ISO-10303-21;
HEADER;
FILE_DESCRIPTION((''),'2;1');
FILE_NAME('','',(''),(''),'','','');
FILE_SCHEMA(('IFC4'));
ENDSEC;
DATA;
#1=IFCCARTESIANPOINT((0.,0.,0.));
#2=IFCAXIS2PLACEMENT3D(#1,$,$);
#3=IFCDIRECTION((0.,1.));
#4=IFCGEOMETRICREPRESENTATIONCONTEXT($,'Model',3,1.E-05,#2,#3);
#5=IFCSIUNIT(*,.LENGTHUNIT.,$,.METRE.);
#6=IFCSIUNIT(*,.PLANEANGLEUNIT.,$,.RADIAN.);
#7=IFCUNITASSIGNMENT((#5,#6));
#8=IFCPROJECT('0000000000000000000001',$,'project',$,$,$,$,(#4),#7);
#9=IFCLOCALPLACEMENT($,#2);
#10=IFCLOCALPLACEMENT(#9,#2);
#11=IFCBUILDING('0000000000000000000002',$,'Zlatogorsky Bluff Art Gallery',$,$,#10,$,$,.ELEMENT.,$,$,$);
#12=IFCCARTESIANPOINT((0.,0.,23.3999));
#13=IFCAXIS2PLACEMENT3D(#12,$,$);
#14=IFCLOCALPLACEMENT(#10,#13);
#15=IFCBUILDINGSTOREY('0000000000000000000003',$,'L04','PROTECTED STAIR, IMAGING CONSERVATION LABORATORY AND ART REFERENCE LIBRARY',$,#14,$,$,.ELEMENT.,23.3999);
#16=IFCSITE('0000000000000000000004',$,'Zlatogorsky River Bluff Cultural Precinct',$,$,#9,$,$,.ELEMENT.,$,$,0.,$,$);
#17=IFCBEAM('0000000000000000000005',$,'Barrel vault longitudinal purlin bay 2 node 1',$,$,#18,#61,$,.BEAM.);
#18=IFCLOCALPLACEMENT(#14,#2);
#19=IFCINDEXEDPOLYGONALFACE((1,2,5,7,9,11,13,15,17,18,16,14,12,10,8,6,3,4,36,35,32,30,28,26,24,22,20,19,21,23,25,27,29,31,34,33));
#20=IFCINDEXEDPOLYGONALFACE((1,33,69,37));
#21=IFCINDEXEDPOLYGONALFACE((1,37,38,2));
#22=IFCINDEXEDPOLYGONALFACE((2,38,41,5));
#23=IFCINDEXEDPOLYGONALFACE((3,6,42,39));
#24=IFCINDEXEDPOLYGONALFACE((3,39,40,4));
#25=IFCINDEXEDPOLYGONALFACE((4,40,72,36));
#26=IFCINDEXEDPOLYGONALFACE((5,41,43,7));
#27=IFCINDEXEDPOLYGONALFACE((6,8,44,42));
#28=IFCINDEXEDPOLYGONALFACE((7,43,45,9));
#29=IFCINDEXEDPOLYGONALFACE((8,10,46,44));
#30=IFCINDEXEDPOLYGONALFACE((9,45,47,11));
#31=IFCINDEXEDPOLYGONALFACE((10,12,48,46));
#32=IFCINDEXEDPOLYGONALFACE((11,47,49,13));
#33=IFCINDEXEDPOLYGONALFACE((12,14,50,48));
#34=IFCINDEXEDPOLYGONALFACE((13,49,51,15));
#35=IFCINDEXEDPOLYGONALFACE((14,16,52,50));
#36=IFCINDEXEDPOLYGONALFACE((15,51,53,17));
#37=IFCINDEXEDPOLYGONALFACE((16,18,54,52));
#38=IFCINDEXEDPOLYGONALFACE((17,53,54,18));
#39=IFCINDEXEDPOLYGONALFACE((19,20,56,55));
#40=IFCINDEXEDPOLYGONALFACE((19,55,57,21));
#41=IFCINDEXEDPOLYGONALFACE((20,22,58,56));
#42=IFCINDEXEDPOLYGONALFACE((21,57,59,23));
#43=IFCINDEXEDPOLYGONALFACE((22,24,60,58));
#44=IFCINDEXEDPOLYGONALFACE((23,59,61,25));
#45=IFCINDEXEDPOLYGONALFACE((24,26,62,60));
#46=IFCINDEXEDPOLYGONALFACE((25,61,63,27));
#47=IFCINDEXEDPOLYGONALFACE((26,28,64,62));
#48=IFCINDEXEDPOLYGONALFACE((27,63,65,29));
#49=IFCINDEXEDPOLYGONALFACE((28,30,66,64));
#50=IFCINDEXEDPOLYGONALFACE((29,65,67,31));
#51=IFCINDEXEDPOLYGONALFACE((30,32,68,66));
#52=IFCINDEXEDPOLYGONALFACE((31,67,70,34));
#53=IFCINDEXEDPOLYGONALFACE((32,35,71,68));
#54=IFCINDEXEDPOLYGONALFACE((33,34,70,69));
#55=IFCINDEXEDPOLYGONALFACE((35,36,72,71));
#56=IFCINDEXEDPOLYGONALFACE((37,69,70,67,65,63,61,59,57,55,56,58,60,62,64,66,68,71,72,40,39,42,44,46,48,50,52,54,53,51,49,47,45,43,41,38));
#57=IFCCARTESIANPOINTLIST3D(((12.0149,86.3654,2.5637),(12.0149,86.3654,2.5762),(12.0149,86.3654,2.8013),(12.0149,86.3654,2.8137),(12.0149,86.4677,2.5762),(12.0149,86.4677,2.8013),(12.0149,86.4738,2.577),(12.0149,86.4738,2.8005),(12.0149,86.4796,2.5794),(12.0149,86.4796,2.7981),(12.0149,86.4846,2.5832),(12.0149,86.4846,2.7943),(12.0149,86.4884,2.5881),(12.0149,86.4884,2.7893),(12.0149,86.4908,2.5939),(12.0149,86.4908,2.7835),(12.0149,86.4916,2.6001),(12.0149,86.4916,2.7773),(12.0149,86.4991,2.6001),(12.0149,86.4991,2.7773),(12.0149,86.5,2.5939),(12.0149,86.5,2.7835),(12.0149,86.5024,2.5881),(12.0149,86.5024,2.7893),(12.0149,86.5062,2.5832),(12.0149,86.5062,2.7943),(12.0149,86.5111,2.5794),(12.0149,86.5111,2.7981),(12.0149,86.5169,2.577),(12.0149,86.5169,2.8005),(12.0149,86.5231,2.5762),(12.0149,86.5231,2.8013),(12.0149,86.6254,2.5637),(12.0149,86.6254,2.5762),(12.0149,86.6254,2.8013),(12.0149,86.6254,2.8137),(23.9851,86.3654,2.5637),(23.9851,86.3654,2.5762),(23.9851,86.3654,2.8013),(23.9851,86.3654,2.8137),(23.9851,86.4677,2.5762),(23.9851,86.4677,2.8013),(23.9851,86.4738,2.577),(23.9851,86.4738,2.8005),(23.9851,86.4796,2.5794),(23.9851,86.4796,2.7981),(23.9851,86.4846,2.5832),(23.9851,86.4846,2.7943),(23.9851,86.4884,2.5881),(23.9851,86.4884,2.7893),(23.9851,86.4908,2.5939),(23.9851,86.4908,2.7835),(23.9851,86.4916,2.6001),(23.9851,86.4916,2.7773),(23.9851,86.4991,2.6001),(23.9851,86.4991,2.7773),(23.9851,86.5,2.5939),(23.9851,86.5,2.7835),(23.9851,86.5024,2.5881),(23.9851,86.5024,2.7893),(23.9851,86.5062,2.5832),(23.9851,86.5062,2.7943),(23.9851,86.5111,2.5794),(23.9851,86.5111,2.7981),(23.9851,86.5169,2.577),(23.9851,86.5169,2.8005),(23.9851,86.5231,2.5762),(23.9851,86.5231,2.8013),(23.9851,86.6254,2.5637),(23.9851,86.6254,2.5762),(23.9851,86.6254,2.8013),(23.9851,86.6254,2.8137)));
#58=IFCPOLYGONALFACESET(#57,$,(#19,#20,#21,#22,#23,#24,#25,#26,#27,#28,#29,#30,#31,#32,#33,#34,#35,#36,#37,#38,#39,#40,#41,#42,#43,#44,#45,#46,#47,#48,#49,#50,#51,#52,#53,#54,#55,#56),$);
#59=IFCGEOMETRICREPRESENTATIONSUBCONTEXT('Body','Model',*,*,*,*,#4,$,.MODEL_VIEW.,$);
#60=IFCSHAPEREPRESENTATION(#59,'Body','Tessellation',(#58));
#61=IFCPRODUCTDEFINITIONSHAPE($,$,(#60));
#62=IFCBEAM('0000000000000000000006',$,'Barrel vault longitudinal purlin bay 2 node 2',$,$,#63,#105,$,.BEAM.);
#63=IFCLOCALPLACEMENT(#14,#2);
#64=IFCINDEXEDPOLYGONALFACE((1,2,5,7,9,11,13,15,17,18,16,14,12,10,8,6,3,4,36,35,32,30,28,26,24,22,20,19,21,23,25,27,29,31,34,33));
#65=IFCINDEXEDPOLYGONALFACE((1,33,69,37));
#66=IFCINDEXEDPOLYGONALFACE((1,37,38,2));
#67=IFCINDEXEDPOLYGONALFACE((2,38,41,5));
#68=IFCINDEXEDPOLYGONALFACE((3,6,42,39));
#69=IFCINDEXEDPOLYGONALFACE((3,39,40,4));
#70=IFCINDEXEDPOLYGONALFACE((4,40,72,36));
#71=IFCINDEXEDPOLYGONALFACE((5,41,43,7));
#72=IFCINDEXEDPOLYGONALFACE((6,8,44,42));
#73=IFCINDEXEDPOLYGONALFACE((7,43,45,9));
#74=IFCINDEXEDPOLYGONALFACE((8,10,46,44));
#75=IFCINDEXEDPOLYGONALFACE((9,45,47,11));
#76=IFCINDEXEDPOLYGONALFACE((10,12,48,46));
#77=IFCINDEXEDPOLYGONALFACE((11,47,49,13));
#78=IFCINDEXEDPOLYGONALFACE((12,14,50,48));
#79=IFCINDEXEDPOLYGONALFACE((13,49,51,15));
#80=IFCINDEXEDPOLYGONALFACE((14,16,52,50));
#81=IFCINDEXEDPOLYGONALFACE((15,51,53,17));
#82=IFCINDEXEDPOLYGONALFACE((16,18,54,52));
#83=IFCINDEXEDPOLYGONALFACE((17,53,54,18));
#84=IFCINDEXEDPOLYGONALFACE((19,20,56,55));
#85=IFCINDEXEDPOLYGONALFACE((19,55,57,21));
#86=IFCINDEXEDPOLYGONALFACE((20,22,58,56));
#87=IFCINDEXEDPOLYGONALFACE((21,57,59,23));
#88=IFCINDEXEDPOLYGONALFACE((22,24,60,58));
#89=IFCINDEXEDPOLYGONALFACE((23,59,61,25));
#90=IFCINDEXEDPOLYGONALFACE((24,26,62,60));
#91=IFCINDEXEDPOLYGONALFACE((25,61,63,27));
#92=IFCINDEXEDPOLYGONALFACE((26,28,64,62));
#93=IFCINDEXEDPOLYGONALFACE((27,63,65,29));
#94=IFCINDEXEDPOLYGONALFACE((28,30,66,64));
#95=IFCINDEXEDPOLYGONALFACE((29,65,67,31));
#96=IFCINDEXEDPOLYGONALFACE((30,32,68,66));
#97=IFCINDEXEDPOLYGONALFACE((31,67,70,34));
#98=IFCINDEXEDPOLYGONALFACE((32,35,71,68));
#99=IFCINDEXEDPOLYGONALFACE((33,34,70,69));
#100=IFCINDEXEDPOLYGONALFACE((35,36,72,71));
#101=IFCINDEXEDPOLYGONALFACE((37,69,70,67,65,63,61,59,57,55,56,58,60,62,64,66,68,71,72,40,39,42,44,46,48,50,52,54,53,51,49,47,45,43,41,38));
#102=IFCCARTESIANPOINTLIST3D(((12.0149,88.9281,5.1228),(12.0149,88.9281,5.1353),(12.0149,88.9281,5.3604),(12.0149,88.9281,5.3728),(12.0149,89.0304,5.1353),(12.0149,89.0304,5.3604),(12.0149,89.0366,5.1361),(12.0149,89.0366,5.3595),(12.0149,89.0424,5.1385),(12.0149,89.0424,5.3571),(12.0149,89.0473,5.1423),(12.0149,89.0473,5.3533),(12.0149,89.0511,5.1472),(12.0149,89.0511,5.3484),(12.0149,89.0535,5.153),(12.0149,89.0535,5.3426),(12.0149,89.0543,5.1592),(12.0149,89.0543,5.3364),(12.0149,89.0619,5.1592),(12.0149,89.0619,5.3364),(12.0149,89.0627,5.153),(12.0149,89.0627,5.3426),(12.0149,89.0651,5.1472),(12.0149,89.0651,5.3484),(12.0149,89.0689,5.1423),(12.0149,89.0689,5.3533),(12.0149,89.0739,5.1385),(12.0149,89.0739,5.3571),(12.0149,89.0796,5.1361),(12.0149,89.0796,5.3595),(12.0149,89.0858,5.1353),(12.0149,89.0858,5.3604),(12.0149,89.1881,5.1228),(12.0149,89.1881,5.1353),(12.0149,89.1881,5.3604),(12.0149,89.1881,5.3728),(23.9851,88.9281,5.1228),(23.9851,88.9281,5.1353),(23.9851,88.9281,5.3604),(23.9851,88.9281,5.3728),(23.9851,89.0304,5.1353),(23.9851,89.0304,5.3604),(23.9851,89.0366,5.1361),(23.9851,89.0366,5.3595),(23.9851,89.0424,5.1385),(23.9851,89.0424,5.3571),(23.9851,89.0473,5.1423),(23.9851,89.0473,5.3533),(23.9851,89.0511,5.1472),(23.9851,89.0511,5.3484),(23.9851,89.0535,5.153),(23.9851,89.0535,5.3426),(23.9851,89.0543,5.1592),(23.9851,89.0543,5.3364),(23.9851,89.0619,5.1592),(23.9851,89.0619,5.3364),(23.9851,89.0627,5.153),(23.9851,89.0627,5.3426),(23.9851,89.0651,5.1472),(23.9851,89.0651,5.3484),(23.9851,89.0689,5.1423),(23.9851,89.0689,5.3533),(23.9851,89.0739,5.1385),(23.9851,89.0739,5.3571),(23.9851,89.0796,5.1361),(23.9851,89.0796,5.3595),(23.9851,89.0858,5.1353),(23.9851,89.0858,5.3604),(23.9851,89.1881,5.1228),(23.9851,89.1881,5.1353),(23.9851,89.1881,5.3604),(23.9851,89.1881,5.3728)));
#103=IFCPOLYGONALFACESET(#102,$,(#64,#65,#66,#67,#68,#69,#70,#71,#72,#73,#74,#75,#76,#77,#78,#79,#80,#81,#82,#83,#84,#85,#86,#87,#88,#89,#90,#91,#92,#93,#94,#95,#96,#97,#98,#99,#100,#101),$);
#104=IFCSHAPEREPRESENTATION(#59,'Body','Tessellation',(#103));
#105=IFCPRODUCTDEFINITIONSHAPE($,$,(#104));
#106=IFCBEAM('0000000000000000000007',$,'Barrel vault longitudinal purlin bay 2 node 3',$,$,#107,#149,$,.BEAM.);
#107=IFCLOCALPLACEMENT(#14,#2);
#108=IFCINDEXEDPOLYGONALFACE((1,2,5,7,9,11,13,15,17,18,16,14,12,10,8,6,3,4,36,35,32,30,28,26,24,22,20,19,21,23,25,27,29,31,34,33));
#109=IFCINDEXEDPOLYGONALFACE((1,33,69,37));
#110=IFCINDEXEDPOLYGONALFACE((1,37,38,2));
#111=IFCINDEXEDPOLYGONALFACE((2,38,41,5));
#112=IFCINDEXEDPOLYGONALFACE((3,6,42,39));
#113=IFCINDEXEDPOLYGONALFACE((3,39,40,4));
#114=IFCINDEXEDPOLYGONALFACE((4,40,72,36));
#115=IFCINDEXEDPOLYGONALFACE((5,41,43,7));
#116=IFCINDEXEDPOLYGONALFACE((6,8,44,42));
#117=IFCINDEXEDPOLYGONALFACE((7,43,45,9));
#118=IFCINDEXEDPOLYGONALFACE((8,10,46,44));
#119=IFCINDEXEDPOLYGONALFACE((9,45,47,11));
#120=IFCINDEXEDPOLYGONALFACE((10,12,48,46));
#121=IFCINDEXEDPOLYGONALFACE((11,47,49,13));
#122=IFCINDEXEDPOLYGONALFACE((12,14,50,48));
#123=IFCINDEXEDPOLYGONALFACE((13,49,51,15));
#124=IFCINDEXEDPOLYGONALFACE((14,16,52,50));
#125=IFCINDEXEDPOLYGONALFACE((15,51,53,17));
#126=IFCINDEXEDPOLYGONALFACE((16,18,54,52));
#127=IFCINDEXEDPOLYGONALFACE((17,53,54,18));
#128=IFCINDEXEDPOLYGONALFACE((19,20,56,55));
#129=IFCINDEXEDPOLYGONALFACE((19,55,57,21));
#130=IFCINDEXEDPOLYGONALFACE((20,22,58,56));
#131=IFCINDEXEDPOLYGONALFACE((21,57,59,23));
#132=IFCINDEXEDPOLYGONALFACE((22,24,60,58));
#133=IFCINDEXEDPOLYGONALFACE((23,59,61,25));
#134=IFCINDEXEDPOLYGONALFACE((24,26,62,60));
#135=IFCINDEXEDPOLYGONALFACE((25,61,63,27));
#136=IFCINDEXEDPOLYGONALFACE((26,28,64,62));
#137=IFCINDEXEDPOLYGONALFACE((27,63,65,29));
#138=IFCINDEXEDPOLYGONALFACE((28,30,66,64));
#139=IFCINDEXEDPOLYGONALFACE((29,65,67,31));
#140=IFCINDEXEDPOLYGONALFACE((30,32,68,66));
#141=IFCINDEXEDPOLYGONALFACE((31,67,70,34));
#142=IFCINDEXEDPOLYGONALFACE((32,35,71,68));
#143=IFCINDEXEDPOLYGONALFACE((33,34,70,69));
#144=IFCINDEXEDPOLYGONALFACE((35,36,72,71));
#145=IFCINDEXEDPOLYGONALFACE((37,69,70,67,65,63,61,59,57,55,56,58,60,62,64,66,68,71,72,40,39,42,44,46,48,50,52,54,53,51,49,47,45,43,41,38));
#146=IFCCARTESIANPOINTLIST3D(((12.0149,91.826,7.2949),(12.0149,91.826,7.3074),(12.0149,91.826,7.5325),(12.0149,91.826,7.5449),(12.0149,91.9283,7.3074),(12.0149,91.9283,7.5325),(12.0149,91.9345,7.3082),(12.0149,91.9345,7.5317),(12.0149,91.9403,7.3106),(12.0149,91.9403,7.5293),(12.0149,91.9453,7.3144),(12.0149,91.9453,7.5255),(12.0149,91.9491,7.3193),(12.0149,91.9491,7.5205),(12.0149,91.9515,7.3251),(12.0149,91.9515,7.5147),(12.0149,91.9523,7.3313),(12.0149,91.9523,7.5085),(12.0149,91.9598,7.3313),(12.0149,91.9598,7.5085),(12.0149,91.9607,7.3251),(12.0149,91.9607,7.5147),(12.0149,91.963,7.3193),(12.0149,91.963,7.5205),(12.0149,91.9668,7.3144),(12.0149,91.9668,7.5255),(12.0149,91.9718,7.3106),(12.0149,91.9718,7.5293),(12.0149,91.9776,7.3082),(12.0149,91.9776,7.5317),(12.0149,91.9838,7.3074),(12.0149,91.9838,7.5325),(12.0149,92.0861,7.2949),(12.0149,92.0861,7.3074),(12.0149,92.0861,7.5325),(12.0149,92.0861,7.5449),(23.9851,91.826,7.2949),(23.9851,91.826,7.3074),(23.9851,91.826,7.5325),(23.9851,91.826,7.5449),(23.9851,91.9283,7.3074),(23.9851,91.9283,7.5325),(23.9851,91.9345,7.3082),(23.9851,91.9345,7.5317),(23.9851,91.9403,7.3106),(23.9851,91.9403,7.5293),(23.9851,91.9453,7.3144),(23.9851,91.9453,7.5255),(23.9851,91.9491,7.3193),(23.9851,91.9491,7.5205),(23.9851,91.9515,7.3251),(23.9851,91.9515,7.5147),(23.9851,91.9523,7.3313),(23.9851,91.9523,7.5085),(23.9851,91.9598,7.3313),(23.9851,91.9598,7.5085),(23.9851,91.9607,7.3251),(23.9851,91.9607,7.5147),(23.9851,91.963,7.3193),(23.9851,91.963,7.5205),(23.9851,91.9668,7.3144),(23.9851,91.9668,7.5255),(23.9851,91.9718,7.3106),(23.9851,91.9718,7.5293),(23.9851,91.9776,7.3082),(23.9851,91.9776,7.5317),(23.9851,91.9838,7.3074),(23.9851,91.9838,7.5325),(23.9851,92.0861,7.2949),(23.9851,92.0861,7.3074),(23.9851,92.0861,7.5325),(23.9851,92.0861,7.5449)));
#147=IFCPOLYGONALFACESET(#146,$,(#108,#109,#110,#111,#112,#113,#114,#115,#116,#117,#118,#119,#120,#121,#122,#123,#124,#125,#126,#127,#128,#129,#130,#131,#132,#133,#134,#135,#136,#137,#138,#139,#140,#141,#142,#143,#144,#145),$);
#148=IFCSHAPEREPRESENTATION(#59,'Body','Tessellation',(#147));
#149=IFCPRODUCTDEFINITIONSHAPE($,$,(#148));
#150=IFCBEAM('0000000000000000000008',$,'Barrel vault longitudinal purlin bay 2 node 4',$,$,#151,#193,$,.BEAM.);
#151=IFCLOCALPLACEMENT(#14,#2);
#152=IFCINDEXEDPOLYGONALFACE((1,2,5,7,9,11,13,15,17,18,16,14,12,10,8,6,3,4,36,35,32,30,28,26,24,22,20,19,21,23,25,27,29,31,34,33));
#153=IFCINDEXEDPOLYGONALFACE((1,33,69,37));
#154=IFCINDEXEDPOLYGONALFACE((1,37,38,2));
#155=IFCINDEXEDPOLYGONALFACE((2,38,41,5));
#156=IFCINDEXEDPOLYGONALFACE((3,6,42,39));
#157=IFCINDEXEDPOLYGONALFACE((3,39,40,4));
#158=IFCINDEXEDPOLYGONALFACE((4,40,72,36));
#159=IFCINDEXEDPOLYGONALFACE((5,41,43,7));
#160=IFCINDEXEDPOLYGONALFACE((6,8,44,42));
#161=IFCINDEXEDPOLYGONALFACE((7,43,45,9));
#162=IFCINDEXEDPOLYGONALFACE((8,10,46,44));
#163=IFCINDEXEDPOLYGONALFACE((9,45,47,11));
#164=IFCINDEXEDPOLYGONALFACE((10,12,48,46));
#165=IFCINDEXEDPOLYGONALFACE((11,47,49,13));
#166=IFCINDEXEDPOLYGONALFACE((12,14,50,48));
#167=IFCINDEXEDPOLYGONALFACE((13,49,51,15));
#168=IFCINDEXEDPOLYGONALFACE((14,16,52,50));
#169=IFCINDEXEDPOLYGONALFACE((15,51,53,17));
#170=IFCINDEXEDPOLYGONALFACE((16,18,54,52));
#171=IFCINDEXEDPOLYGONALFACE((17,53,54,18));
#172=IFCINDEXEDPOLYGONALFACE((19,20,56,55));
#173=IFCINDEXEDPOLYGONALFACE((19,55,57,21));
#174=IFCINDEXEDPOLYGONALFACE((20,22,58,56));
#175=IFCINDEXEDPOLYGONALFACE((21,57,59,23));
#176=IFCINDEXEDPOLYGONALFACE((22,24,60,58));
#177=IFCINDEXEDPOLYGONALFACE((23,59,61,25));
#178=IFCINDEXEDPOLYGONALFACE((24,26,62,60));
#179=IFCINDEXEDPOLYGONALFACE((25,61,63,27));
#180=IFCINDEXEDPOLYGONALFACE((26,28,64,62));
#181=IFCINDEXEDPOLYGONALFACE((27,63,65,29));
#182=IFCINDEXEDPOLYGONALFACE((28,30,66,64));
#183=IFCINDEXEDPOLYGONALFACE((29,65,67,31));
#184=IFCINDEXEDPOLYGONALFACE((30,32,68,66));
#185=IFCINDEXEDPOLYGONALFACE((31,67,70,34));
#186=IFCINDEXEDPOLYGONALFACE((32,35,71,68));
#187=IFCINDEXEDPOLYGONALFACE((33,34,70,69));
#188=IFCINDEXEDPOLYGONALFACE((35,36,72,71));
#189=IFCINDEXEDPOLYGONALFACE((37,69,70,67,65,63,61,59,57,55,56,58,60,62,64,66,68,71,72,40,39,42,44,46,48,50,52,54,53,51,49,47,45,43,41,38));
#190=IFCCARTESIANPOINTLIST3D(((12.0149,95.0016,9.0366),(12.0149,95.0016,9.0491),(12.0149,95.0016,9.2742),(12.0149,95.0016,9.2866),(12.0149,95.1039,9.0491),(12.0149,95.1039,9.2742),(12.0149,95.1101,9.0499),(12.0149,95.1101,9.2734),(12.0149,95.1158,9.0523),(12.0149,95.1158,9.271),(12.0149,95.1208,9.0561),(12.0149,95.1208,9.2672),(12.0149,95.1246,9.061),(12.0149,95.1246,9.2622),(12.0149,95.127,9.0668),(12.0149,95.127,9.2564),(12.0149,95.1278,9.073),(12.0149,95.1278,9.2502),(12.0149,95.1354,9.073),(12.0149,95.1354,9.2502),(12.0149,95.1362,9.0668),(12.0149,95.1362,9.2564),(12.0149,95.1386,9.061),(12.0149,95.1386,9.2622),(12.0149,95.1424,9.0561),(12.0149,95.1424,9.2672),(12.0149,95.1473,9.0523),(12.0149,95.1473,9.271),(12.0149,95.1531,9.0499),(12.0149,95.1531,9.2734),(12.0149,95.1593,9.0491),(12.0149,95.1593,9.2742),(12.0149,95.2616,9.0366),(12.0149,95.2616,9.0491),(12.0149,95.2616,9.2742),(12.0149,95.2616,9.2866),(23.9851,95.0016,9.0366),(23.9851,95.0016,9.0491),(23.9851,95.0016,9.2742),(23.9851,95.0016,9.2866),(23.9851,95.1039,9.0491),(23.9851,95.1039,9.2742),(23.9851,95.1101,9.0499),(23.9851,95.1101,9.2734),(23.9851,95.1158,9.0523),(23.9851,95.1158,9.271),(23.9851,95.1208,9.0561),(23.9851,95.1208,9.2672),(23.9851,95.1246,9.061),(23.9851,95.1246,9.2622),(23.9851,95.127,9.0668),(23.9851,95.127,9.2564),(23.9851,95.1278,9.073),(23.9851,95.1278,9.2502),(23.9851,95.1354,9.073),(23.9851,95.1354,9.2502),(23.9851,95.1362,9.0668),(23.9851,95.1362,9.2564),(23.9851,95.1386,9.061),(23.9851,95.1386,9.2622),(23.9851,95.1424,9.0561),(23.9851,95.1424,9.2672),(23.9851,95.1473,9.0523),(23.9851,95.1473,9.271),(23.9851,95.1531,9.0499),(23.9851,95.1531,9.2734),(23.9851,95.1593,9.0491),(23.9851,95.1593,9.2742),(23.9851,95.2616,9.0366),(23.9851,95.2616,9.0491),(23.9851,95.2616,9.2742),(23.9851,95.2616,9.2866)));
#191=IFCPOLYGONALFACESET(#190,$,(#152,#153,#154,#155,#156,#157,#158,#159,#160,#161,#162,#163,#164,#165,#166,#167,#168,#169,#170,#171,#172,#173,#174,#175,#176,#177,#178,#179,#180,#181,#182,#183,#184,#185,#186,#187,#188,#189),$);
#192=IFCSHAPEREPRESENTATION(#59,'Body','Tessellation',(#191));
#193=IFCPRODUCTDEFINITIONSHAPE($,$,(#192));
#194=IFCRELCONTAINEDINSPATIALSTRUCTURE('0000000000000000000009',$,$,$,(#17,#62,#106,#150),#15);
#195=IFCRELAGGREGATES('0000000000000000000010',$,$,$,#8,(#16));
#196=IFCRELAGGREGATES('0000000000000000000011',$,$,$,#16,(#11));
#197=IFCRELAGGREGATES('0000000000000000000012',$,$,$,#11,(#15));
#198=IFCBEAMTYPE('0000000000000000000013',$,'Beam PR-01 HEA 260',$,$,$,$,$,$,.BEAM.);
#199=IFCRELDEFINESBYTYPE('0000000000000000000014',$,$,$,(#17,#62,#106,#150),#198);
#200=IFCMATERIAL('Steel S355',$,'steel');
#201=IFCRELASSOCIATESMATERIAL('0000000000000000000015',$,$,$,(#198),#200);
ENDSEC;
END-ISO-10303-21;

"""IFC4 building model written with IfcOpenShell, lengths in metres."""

from ifc_helpers import new_model, si_unit, direction, frame, origin, origin_2d, place, context, subcontext, project, spatial, i_section, extrude, material, material_profile, profile_set, type_object, element, save


model = new_model("IFC4")

# Units and contexts
model_context = context("Model", 3, precision=1e-05, world=origin(), true_north=direction((0.0, 1.0)))
body_context = subcontext(model_context, "Body", "Model", "MODEL_VIEW")
ifc_project = project(units=[si_unit("LENGTHUNIT", "METRE"), si_unit("PLANEANGLEUNIT", "RADIAN")], contexts=[model_context])

# Site, building, storey
site_placement = place(None, origin())
site = spatial("IfcSite", under=ifc_project, at=site_placement, Name="Zlatogorsky River Bluff Cultural Precinct", CompositionType="ELEMENT", RefElevation=0.0)
building_placement = place(site_placement, origin())
building = spatial("IfcBuilding", under=site, at=building_placement, Name="Zlatogorsky Bluff Art Gallery", CompositionType="ELEMENT")
storey_placement = place(building_placement, frame((0.0, 0.0, 23.3999)))
storey = spatial("IfcBuildingStorey", under=building, at=storey_placement, Name="L04", Description="PROTECTED STAIR, IMAGING CONSERVATION LABORATORY AND ART REFERENCE LIBRARY", CompositionType="ELEMENT", Elevation=23.3999)

# Beams
ifc_material_1 = material(Name="Steel S355", Category="steel")
ifc_material_profile_1 = material_profile(ifc_material_1, i_section(OverallWidth=0.26, OverallDepth=0.25, WebThickness=0.0076, FlangeThickness=0.0125, FilletRadius=0.0239, at=origin_2d()), Name="HEA 260")
ifc_profile_set_1 = profile_set([ifc_material_profile_1], Name="Steel S355")
beam_type_1 = type_object("IfcBeamType", Name="Beam PR-01 HEA 260", PredefinedType="BEAM", material=ifc_profile_set_1)
for number, where, z_axis, x_axis, name in (
    (1, (12.0149, 86.4954, 2.6887), (1.0, 0.0, 0.0), (0.0, 1.0, 0.0), "Barrel vault longitudinal purlin bay 2 node 1"),
    (2, (12.0149, 89.0581, 5.2478), (1.0, 0.0, 0.0), (0.0, 1.0, 0.0), "Barrel vault longitudinal purlin bay 2 node 2"),
    (3, (12.0149, 91.9561, 7.4199), (1.0, 0.0, 0.0), (0.0, 1.0, 0.0), "Barrel vault longitudinal purlin bay 2 node 3"),
    (4, (12.0149, 95.1316, 9.1616), (1.0, 0.0, 0.0), (0.0, 1.0, 0.0), "Barrel vault longitudinal purlin bay 2 node 4"),
):
    element("IfcBeam", number, at=place(storey_placement, frame(where, z_axis=z_axis, x_axis=x_axis)), inside=storey, type_object=beam_type_1, Name=name, PredefinedType="BEAM", context=body_context, shape_type="SweptSolid", body=[
        extrude(i_section(OverallWidth=0.26, OverallDepth=0.25, WebThickness=0.0076, FlangeThickness=0.0125, FilletRadius=0.0239, at=origin_2d()), origin(), (0.0, 0.0, 1.0), 11.9702),
    ])

save(model, "model.ifc")
